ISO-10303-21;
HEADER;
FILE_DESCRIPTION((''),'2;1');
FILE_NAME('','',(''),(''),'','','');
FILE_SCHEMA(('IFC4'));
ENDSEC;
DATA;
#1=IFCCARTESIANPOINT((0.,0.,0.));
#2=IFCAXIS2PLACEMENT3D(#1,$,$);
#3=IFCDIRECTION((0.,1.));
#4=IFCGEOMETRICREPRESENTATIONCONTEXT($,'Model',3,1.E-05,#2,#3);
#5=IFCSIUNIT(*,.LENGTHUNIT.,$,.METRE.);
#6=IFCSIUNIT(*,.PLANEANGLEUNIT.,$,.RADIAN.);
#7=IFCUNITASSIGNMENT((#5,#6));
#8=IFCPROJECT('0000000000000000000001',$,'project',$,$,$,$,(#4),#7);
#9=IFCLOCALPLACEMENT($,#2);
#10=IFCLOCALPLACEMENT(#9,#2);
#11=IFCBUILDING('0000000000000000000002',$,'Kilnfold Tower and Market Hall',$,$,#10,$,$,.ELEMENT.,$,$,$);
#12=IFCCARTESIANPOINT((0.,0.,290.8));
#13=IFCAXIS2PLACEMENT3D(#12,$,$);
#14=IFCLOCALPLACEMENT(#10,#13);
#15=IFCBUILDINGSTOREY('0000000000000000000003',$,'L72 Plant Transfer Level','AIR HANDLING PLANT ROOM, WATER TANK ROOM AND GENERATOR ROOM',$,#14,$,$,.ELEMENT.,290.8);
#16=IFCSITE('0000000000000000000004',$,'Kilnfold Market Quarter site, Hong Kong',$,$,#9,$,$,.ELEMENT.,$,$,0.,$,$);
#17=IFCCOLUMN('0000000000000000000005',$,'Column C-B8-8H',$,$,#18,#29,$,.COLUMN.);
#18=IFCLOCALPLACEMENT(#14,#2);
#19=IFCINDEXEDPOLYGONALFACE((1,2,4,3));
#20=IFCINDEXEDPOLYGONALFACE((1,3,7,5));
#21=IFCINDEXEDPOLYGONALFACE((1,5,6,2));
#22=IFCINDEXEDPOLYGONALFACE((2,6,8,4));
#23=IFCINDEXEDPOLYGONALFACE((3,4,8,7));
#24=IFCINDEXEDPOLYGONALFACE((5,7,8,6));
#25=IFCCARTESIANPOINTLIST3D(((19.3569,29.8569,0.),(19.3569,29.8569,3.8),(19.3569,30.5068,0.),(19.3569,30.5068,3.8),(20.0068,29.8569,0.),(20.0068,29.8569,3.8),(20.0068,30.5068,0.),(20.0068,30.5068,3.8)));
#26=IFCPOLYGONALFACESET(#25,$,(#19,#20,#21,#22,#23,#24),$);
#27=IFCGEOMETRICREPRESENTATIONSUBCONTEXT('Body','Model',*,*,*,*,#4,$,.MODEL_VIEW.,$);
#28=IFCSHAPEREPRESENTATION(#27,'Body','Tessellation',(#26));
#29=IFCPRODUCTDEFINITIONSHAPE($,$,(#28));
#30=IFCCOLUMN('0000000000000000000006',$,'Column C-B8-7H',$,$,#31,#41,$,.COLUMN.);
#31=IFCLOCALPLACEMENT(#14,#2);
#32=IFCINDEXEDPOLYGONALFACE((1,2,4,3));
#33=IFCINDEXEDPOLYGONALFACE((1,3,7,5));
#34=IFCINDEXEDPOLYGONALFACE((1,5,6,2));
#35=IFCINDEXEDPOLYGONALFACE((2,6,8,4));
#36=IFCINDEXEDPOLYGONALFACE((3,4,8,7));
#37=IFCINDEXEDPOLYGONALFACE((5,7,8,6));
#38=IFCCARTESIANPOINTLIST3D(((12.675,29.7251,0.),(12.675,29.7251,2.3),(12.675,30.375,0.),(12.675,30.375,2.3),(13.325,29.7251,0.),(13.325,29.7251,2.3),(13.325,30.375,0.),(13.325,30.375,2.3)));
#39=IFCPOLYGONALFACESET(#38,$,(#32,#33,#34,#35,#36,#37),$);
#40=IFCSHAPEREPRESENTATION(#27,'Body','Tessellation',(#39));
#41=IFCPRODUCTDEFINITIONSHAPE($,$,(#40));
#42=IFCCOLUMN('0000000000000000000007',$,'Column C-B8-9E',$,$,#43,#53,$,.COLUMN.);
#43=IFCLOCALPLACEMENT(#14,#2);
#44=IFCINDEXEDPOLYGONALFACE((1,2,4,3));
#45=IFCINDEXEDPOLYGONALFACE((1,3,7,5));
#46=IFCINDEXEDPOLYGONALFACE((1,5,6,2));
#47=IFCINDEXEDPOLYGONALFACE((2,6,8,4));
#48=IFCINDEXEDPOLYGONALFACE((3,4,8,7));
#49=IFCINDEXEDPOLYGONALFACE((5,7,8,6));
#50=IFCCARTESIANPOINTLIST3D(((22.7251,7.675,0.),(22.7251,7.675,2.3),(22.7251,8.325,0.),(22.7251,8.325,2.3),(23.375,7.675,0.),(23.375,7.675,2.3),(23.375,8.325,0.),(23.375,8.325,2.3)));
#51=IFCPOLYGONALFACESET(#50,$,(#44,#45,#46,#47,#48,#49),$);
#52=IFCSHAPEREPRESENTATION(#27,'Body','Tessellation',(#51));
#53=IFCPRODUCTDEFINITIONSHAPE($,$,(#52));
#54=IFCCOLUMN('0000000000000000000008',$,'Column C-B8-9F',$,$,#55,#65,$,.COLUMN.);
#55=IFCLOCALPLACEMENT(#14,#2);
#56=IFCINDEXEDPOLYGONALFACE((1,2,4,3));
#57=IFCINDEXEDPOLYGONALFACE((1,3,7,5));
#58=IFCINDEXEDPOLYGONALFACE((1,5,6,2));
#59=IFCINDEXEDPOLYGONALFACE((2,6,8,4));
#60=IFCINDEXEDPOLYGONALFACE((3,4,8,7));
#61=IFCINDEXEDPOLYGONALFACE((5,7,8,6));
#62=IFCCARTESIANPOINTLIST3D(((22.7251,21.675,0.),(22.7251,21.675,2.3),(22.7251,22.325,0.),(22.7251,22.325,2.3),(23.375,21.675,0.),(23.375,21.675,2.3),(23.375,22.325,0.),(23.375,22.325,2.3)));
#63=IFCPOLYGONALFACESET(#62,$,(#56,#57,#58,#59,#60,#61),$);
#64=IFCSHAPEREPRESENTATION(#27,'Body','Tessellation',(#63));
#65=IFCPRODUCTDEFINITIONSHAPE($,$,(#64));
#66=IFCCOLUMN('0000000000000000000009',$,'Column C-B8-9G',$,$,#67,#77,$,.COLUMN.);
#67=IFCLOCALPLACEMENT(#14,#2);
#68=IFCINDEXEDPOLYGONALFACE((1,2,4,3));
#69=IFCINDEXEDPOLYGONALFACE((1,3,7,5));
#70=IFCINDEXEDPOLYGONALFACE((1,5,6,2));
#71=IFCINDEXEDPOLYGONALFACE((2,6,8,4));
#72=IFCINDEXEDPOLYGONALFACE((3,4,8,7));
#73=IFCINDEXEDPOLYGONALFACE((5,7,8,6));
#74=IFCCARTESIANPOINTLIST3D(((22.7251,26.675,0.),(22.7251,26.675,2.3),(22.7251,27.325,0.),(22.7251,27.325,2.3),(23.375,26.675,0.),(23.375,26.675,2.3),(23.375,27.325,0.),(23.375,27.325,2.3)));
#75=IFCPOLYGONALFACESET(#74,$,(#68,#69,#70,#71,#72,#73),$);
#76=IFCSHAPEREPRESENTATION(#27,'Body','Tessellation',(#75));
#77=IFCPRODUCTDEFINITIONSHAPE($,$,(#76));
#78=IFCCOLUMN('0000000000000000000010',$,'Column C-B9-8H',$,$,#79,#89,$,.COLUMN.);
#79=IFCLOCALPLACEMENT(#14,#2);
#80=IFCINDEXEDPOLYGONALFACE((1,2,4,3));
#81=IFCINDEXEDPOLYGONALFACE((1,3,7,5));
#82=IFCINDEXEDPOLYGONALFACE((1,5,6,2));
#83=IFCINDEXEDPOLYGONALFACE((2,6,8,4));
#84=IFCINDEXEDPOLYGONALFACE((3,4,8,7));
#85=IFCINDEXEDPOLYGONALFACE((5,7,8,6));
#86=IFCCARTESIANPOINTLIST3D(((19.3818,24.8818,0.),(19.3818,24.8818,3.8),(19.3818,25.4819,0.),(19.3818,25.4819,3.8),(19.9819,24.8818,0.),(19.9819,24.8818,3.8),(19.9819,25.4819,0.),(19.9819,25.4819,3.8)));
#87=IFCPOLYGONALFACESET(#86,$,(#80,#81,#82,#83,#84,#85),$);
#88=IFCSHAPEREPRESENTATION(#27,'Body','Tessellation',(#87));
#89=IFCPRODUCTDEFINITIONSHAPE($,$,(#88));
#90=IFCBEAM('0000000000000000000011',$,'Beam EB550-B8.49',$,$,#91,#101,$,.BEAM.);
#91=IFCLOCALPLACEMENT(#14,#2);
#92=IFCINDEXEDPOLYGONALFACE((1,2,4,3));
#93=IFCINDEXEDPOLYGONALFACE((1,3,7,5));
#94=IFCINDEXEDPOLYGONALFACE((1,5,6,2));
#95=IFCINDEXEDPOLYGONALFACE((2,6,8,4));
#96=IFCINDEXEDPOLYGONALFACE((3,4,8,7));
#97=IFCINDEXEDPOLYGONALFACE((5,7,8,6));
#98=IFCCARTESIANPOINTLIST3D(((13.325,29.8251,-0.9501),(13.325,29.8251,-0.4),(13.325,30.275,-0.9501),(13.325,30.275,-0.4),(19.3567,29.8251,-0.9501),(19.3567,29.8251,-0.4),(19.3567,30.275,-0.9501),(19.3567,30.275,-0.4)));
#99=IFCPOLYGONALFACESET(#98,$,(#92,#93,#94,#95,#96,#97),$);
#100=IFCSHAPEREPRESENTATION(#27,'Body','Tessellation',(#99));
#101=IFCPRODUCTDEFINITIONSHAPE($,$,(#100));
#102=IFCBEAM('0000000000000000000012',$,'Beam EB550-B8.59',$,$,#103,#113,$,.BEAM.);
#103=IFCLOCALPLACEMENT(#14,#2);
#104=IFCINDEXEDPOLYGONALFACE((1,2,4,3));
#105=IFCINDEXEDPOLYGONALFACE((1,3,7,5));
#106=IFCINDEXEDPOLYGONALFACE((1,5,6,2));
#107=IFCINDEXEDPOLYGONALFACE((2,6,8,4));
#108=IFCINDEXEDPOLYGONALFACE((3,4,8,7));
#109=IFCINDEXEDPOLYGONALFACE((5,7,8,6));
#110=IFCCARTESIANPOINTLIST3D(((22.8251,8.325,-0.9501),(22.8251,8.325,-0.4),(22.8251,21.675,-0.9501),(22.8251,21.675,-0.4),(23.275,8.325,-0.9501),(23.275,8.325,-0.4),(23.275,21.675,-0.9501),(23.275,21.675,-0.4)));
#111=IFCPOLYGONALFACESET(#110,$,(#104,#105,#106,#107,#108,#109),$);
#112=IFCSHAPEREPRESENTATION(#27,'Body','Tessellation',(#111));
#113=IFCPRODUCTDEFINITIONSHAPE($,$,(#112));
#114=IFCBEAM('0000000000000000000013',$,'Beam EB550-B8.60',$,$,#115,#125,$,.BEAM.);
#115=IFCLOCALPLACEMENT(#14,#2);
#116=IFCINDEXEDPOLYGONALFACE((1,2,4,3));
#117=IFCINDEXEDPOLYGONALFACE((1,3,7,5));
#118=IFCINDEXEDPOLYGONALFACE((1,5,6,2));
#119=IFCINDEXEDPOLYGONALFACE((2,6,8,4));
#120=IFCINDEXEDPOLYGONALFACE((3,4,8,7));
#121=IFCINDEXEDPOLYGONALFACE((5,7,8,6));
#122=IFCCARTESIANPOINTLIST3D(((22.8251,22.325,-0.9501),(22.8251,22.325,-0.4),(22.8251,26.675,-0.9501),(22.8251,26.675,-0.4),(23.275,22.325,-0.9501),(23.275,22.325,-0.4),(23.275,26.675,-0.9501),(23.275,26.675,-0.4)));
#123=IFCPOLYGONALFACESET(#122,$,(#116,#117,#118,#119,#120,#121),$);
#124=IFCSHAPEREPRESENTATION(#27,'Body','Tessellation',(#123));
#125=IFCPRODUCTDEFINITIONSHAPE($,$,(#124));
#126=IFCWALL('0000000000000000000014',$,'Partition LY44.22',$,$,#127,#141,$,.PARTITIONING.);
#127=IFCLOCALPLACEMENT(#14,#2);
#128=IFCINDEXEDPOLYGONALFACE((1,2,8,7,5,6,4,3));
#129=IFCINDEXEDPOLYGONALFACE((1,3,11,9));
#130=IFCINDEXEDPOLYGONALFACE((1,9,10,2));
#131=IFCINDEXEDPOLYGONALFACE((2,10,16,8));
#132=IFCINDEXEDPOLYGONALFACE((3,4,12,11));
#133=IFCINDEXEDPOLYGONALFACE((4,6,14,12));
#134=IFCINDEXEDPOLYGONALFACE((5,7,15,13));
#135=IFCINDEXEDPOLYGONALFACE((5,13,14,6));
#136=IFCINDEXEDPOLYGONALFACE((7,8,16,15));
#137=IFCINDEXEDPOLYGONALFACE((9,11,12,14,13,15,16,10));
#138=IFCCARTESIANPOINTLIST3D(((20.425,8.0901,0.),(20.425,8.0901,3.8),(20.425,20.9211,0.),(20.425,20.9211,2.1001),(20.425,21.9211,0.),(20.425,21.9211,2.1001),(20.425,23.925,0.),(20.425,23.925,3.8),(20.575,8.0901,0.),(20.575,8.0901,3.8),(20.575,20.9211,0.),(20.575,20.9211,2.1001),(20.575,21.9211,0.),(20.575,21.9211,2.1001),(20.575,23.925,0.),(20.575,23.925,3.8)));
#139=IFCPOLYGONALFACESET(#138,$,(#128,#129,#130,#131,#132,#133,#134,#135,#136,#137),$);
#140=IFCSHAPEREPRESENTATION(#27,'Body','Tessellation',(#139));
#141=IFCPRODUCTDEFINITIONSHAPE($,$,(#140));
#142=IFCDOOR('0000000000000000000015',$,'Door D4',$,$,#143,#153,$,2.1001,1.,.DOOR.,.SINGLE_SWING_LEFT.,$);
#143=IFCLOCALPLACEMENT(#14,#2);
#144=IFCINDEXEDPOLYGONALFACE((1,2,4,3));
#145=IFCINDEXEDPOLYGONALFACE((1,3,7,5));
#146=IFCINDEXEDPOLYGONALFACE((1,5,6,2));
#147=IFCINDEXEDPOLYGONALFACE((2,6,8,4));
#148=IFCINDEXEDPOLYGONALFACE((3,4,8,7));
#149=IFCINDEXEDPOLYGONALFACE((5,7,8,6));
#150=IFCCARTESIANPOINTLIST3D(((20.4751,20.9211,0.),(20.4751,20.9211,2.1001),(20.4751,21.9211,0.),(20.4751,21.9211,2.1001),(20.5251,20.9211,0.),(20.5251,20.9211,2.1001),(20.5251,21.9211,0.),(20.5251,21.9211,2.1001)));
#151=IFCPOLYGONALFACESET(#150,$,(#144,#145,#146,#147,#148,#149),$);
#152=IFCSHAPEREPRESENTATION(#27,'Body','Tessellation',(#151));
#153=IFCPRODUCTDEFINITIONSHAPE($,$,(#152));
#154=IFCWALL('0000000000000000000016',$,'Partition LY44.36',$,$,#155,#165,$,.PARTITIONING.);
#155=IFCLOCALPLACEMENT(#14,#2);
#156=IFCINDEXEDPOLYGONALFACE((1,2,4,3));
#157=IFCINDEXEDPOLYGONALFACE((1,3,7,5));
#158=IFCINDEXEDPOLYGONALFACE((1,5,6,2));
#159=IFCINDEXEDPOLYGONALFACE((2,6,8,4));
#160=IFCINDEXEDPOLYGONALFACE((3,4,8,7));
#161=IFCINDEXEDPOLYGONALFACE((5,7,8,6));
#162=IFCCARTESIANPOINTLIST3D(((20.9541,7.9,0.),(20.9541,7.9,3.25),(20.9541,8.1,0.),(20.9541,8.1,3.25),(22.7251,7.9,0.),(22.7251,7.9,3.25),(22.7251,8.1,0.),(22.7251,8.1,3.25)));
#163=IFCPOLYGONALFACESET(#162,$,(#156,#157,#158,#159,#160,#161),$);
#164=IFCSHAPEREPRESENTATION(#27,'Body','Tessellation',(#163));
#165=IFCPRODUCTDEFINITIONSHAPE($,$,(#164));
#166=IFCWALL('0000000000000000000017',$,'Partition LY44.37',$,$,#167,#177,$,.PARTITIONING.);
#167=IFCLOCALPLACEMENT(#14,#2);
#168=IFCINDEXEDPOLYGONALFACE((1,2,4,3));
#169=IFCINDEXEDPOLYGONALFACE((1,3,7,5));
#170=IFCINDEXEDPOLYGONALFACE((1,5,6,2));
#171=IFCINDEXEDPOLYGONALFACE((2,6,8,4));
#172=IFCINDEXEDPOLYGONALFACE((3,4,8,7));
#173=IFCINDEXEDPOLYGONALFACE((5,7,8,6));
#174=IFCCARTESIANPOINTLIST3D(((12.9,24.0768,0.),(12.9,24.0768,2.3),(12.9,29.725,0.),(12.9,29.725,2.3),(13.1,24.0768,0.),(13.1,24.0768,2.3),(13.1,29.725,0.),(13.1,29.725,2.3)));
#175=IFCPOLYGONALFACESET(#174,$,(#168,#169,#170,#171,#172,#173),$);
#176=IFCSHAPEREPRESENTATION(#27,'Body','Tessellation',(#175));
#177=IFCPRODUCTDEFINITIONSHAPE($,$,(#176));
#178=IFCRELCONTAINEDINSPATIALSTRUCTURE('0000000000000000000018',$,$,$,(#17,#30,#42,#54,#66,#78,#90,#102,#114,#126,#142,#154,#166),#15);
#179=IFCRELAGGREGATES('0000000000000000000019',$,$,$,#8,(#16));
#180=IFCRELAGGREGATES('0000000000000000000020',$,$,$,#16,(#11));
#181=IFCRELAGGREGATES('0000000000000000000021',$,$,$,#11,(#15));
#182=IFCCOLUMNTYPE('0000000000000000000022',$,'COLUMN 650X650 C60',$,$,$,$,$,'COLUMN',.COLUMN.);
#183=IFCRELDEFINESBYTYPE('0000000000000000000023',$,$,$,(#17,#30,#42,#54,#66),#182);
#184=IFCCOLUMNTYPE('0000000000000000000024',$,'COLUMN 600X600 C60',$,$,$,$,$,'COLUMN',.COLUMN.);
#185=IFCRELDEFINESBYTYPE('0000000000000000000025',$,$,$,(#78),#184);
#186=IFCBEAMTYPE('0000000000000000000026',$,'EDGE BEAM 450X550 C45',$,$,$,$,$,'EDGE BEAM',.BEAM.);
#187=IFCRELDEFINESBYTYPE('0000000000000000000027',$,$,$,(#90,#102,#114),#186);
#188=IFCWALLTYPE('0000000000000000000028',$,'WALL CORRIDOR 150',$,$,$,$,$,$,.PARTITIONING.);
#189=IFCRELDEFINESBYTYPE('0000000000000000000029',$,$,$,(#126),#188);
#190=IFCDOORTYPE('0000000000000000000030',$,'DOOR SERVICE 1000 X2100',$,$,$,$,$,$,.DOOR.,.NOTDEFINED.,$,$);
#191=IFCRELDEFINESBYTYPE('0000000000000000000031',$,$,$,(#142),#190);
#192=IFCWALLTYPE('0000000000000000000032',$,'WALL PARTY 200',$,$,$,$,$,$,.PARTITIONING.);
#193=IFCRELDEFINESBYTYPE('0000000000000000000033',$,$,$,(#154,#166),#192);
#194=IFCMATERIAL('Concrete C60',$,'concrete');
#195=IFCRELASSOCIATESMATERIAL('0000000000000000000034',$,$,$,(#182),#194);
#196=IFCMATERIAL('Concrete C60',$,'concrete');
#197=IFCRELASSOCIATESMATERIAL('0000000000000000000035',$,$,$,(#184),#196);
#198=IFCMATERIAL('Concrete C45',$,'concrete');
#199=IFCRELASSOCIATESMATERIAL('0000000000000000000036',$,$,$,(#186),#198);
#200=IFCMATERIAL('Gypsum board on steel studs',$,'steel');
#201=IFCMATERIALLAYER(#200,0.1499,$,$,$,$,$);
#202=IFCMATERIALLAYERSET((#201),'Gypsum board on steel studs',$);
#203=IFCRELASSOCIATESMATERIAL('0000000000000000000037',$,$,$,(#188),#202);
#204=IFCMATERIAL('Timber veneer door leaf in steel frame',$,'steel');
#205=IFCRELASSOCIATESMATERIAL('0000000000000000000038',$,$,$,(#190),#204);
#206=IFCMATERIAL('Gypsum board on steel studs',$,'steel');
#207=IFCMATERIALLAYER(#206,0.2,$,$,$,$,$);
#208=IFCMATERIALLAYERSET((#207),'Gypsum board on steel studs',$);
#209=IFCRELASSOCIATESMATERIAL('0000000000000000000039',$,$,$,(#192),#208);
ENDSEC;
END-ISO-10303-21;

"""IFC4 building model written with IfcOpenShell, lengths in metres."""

from ifc_helpers import new_model, si_unit, direction, frame, frame_2d, origin, origin_2d, place, context, subcontext, project, spatial, rectangle, extrude, source, transform, mapped, material, layer, layer_set, material_profile, profile_set, type_object, element, fill, save


model = new_model("IFC4")

# Units and contexts
model_context = context("Model", 3, precision=1e-05, world=origin(), true_north=direction((0.0, 1.0)))
body_context = subcontext(model_context, "Body", "Model", "MODEL_VIEW")
ifc_project = project(units=[si_unit("LENGTHUNIT", "METRE"), si_unit("PLANEANGLEUNIT", "RADIAN")], contexts=[model_context])

# Site, building, storey
site_placement = place(None, origin())
site = spatial("IfcSite", under=ifc_project, at=site_placement, Name="Kilnfold Market Quarter site, Hong Kong", CompositionType="ELEMENT", RefElevation=0.0)
building_placement = place(site_placement, origin())
building = spatial("IfcBuilding", under=site, at=building_placement, Name="Kilnfold Tower and Market Hall", CompositionType="ELEMENT")
storey_placement = place(building_placement, frame((0.0, 0.0, 290.8)))
storey = spatial("IfcBuildingStorey", under=building, at=storey_placement, Name="L72 Plant Transfer Level", Description="AIR HANDLING PLANT ROOM, WATER TANK ROOM AND GENERATOR ROOM", CompositionType="ELEMENT", Elevation=290.8)

# Columns
ifc_material_1 = material(Name="Concrete C60", Category="concrete")
ifc_material_profile_1 = material_profile(ifc_material_1, rectangle(XDim=0.6499, YDim=0.6499, at=origin_2d()), Name="RC 650x650")
ifc_profile_set_1 = profile_set([ifc_material_profile_1], Name="Concrete C60")
column_type_1 = type_object("IfcColumnType", Name="COLUMN 650X650 C60", ElementType="COLUMN", PredefinedType="COLUMN", material=ifc_profile_set_1)
shared_shape_1 = source(origin(), body_context, "Body", "SweptSolid", [
    extrude(rectangle(XDim=0.6499, YDim=0.6499, at=origin_2d()), origin(), (0.0, 0.0, 1.0), 3.8),
])
column_1_placement = place(storey_placement, frame((19.6819, 30.1819, 0.0), z_axis=(0.0, 0.0, 1.0), x_axis=(1.0, 0.0, 0.0)))
element("IfcColumn", 1, at=column_1_placement, inside=storey, type_object=column_type_1, Name="Column C-B8-8H", PredefinedType="COLUMN", context=body_context, shape_type="MappedRepresentation", body=[
    mapped(shared_shape_1, transform((0.0, 0.0, 0.0))),
])
shared_shape_2 = source(origin(), body_context, "Body", "SweptSolid", [
    extrude(rectangle(XDim=0.6499, YDim=0.6499, at=origin_2d()), origin(), (0.0, 0.0, 1.0), 2.3),
])
for number, where, z_axis, x_axis, name in (
    (2, (13.0, 30.05, 0.0), (0.0, 0.0, 1.0), (1.0, 0.0, 0.0), "Column C-B8-7H"),
    (3, (23.05, 8.0, 0.0), (0.0, 0.0, 1.0), (1.0, 0.0, 0.0), "Column C-B8-9E"),
    (4, (23.05, 22.0, 0.0), (0.0, 0.0, 1.0), (1.0, 0.0, 0.0), "Column C-B8-9F"),
    (5, (23.05, 27.0, 0.0), (0.0, 0.0, 1.0), (1.0, 0.0, 0.0), "Column C-B8-9G"),
):
    element("IfcColumn", number, at=place(storey_placement, frame(where, z_axis=z_axis, x_axis=x_axis)), inside=storey, type_object=column_type_1, Name=name, PredefinedType="COLUMN", context=body_context, shape_type="MappedRepresentation", body=[
        mapped(shared_shape_2, transform((0.0, 0.0, 0.0))),
    ])
ifc_material_2 = material(Name="Concrete C60", Category="concrete")
ifc_material_profile_2 = material_profile(ifc_material_2, rectangle(XDim=0.6001, YDim=0.6001, at=origin_2d()), Name="RC 600x600")
ifc_profile_set_2 = profile_set([ifc_material_profile_2], Name="Concrete C60")
column_type_2 = type_object("IfcColumnType", Name="COLUMN 600X600 C60", ElementType="COLUMN", PredefinedType="COLUMN", material=ifc_profile_set_2)
shared_shape_3 = source(origin(), body_context, "Body", "SweptSolid", [
    extrude(rectangle(XDim=0.6001, YDim=0.6001, at=origin_2d()), origin(), (0.0, 0.0, 1.0), 3.8),
])
column_2_placement = place(storey_placement, frame((19.6819, 25.1819, 0.0), z_axis=(0.0, 0.0, 1.0), x_axis=(1.0, 0.0, 0.0)))
element("IfcColumn", 6, at=column_2_placement, inside=storey, type_object=column_type_2, Name="Column C-B9-8H", PredefinedType="COLUMN", context=body_context, shape_type="MappedRepresentation", body=[
    mapped(shared_shape_3, transform((0.0, 0.0, 0.0))),
])

# Beams
ifc_material_3 = material(Name="Concrete C45", Category="concrete")
ifc_material_profile_3 = material_profile(ifc_material_3, rectangle(XDim=0.45, YDim=0.55, at=origin_2d()), Name="RC 450x550")
ifc_profile_set_3 = profile_set([ifc_material_profile_3], Name="Concrete C45")
beam_type = type_object("IfcBeamType", Name="EDGE BEAM 450X550 C45", ElementType="EDGE BEAM", PredefinedType="BEAM", material=ifc_profile_set_3)
shared_shape_4 = source(origin(), body_context, "Body", "SweptSolid", [
    extrude(rectangle(XDim=0.45, YDim=0.55, at=origin_2d()), origin(), (0.0, 0.0, 1.0), 6.0317),
])
beam_1_placement = place(storey_placement, frame((13.325, 30.05, -0.675), z_axis=(1.0, 0.0, 0.0), x_axis=(0.0, 1.0, 0.0)))
element("IfcBeam", 7, at=beam_1_placement, inside=storey, type_object=beam_type, Name="Beam EB550-B8.49", PredefinedType="BEAM", context=body_context, shape_type="MappedRepresentation", body=[
    mapped(shared_shape_4, transform((0.0, 0.0, 0.0))),
])
shared_shape_5 = source(origin(), body_context, "Body", "SweptSolid", [
    extrude(rectangle(XDim=0.45, YDim=0.55, at=origin_2d()), origin(), (0.0, 0.0, 1.0), 13.3501),
])
beam_2_placement = place(storey_placement, frame((23.05, 8.325, -0.675), z_axis=(0.0, 1.0, 0.0), x_axis=(-1.0, 0.0, 0.0)))
element("IfcBeam", 8, at=beam_2_placement, inside=storey, type_object=beam_type, Name="Beam EB550-B8.59", PredefinedType="BEAM", context=body_context, shape_type="MappedRepresentation", body=[
    mapped(shared_shape_5, transform((0.0, 0.0, 0.0))),
])
shared_shape_6 = source(origin(), body_context, "Body", "SweptSolid", [
    extrude(rectangle(XDim=0.45, YDim=0.55, at=origin_2d()), origin(), (0.0, 0.0, 1.0), 4.3501),
])
beam_3_placement = place(storey_placement, frame((23.05, 22.325, -0.675), z_axis=(0.0, 1.0, 0.0), x_axis=(-1.0, 0.0, 0.0)))
element("IfcBeam", 9, at=beam_3_placement, inside=storey, type_object=beam_type, Name="Beam EB550-B8.60", PredefinedType="BEAM", context=body_context, shape_type="MappedRepresentation", body=[
    mapped(shared_shape_6, transform((0.0, 0.0, 0.0))),
])

# Wall, opening, door
ifc_material_4 = material(Name="Gypsum board on steel studs", Category="steel")
ifc_layer_1 = layer(ifc_material_4, 0.1499)
ifc_layer_set_1 = layer_set([ifc_layer_1], Name="Gypsum board on steel studs")
wall_type_1 = type_object("IfcWallType", Name="WALL CORRIDOR 150", PredefinedType="PARTITIONING", material=ifc_layer_set_1)
wall_1_placement = place(storey_placement, frame((20.5, 8.0901, 0.0), z_axis=(0.0, 0.0, 1.0), x_axis=(0.0, 1.0, 0.0)))
wall_1 = element("IfcWall", 10, at=wall_1_placement, inside=storey, type_object=wall_type_1, Name="Partition LY44.22", PredefinedType="PARTITIONING", context=body_context, shape_type="SweptSolid", body=[
    extrude(rectangle(XDim=15.835, YDim=0.1499, at=frame_2d((7.9175, 0.0))), origin(), (0.0, 0.0, 1.0), 3.8),
])
opening_placement = place(wall_1_placement, frame((12.8311, 0.0, 0.0)))
opening = element("IfcOpeningElement", 11, at=opening_placement, cuts=wall_1, PredefinedType="OPENING", context=body_context, shape_type="SweptSolid", body=[
    extrude(rectangle(XDim=1.0, YDim=2.1001, at=frame_2d((0.5, 1.05))), frame((0.0, 0.085, 0.0), z_axis=(0.0, -1.0, 0.0), x_axis=(1.0, 0.0, 0.0)), (0.0, 0.0, 1.0), 0.1699),
])
ifc_material_5 = material(Name="Timber veneer door leaf in steel frame", Category="steel")
door_type = type_object("IfcDoorType", Name="DOOR SERVICE 1000 X2100", OperationType="NOTDEFINED", PredefinedType="DOOR", material=ifc_material_5)
door_placement = place(opening_placement, origin())
door = element("IfcDoor", 12, at=door_placement, inside=storey, type_object=door_type, Name="Door D4", OperationType="SINGLE_SWING_LEFT", OverallHeight=2.1001, OverallWidth=1.0, PredefinedType="DOOR", context=body_context, shape_type="SweptSolid", body=[
    extrude(rectangle(XDim=1.0, YDim=2.1001, at=frame_2d((0.5, 1.05))), frame((0.0, 0.0249, 0.0), z_axis=(0.0, -1.0, 0.0), x_axis=(1.0, 0.0, 0.0)), (0.0, 0.0, 1.0), 0.05),
])
fill(opening, door)

# Walls
ifc_material_6 = material(Name="Gypsum board on steel studs", Category="steel")
ifc_layer_2 = layer(ifc_material_6, 0.2)
ifc_layer_set_2 = layer_set([ifc_layer_2], Name="Gypsum board on steel studs")
wall_type_2 = type_object("IfcWallType", Name="WALL PARTY 200", PredefinedType="PARTITIONING", material=ifc_layer_set_2)
wall_2_placement = place(storey_placement, frame((22.7251, 8.0, 0.0), z_axis=(0.0, 0.0, 1.0), x_axis=(-1.0, 0.0, 0.0)))
element("IfcWall", 13, at=wall_2_placement, inside=storey, type_object=wall_type_2, Name="Partition LY44.36", PredefinedType="PARTITIONING", context=body_context, shape_type="SweptSolid", body=[
    extrude(rectangle(XDim=1.771, YDim=0.2, at=frame_2d((0.8855, 0.0))), origin(), (0.0, 0.0, 1.0), 3.25),
])
wall_3_placement = place(storey_placement, frame((13.0, 29.7251, 0.0), z_axis=(0.0, 0.0, 1.0), x_axis=(0.0, -1.0, 0.0)))
element("IfcWall", 14, at=wall_3_placement, inside=storey, type_object=wall_type_2, Name="Partition LY44.37", PredefinedType="PARTITIONING", context=body_context, shape_type="SweptSolid", body=[
    extrude(rectangle(XDim=5.6482, YDim=0.2, at=frame_2d((2.8242, 0.0))), origin(), (0.0, 0.0, 1.0), 2.3),
])

save(model, "model.ifc")
